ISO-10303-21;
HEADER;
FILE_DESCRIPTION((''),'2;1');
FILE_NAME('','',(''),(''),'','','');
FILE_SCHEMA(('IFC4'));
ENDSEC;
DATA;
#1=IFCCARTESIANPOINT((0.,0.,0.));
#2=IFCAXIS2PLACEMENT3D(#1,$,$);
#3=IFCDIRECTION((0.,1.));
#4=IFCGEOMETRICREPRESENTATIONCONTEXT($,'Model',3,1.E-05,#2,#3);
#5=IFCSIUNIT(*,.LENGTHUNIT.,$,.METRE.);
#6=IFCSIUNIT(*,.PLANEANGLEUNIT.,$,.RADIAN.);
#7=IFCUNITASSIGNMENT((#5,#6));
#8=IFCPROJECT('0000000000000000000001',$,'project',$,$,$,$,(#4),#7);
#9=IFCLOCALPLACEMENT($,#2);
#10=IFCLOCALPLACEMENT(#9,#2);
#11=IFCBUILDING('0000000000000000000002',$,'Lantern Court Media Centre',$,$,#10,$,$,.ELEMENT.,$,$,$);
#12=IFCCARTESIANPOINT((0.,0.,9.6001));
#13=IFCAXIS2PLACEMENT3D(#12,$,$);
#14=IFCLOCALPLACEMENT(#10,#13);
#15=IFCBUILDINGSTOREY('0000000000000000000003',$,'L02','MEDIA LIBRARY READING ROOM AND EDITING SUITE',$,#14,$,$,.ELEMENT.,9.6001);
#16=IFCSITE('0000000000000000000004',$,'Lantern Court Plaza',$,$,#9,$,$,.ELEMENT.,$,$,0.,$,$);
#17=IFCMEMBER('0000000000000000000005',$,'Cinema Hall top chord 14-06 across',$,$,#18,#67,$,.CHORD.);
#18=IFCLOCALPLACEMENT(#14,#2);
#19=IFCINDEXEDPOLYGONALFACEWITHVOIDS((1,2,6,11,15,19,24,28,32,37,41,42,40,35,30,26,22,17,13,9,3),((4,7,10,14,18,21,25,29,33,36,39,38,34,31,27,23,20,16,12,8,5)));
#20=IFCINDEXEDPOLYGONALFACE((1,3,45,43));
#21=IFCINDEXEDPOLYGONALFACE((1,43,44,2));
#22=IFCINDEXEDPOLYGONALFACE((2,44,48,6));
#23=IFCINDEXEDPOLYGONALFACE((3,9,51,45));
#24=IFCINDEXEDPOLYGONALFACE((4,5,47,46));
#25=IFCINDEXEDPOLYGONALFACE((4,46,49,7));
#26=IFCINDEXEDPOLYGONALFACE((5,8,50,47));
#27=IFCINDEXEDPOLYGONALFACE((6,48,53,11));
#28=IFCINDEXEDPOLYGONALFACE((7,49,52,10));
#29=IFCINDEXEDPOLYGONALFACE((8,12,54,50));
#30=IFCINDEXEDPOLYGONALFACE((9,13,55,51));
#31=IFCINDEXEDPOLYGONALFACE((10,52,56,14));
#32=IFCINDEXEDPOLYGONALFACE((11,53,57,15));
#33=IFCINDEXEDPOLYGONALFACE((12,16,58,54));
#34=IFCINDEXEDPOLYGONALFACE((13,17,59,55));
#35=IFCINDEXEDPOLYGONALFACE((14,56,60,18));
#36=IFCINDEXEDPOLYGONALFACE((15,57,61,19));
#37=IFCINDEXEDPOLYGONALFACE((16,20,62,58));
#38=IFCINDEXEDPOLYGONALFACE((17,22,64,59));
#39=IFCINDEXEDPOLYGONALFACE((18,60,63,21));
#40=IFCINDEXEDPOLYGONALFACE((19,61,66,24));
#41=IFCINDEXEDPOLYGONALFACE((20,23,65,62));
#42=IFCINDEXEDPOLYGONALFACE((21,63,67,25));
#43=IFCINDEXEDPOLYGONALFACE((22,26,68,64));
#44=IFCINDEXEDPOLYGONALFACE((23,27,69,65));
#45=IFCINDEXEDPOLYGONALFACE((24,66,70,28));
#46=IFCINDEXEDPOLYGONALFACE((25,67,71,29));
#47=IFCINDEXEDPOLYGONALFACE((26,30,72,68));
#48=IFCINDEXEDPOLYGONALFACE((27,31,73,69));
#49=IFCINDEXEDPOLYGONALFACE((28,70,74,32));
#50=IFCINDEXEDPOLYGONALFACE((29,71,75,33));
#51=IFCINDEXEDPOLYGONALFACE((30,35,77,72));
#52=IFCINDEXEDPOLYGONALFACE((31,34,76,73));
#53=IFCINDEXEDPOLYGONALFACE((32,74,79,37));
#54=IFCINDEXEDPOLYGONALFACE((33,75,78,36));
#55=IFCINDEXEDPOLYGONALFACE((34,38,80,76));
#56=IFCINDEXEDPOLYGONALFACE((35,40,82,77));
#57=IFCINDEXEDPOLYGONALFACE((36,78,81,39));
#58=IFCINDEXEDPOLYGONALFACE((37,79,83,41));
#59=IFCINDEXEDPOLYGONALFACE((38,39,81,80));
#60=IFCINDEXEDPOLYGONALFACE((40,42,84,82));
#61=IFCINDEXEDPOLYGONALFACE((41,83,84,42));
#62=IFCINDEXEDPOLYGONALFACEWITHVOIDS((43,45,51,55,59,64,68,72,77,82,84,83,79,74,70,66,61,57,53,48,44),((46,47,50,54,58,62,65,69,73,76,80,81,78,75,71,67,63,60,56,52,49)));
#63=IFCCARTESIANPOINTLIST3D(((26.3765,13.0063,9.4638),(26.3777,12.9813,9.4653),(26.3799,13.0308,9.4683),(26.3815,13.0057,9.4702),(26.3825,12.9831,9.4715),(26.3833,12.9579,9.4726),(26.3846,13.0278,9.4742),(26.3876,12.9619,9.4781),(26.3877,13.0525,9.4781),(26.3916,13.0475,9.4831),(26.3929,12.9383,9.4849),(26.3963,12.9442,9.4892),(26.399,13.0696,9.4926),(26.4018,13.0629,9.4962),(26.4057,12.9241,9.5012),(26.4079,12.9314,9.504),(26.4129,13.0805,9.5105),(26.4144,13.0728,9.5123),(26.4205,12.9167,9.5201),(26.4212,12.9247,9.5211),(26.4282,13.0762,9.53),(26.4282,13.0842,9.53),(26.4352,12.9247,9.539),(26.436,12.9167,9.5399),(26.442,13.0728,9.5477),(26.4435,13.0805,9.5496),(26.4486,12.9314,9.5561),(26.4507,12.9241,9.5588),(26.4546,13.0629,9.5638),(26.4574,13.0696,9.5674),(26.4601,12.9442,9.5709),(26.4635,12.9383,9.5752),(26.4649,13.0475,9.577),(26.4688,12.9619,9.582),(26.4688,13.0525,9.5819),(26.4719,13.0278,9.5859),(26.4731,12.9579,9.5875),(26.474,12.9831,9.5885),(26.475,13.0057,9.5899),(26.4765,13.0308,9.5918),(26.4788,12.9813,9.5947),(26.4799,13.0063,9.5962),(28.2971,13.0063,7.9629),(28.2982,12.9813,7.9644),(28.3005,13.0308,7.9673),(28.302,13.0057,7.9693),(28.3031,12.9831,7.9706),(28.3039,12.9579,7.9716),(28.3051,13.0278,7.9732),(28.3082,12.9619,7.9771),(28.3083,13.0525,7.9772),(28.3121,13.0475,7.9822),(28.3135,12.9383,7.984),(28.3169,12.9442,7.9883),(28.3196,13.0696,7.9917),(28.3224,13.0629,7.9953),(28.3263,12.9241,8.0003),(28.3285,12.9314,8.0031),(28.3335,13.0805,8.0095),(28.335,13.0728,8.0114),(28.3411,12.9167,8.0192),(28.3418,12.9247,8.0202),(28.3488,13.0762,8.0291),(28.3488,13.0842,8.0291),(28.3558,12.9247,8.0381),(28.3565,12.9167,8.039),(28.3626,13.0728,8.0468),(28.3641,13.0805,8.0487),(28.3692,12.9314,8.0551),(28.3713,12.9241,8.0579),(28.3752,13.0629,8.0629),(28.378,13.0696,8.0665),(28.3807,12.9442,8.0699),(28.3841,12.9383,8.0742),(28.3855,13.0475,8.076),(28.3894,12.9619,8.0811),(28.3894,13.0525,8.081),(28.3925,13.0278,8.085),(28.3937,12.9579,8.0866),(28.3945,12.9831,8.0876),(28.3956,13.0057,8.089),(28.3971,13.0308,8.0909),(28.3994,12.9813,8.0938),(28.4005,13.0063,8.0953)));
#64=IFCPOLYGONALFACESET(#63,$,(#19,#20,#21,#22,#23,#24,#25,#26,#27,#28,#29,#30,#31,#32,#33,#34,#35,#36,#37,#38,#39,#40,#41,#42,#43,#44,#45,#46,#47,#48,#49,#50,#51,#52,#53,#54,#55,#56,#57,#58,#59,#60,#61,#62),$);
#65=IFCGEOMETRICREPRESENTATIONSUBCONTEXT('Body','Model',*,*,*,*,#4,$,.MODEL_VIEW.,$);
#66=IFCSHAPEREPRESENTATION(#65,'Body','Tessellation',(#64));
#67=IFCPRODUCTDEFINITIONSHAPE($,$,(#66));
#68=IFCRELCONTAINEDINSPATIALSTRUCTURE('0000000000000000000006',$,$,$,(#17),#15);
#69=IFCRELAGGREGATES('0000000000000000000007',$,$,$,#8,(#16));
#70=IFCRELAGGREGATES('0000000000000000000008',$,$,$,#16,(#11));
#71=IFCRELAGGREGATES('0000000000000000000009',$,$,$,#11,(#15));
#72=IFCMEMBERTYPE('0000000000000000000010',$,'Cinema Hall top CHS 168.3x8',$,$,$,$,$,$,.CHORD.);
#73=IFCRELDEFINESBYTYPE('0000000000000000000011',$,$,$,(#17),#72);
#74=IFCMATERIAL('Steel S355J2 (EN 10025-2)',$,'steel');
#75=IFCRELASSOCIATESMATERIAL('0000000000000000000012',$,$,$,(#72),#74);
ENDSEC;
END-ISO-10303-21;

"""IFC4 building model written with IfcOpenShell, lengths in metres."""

from ifc_helpers import new_model, si_unit, direction, frame, origin, origin_2d, place, context, subcontext, project, spatial, hollow_circle, extrude, material, material_profile, profile_set, type_object, element, save


model = new_model("IFC4")

# Units and contexts
model_context = context("Model", 3, precision=1e-05, world=origin(), true_north=direction((0.0, 1.0)))
body_context = subcontext(model_context, "Body", "Model", "MODEL_VIEW")
ifc_project = project(units=[si_unit("LENGTHUNIT", "METRE"), si_unit("PLANEANGLEUNIT", "RADIAN")], contexts=[model_context])

# Site, building, storey
site_placement = place(None, origin())
site = spatial("IfcSite", under=ifc_project, at=site_placement, Name="Lantern Court Plaza", CompositionType="ELEMENT", RefElevation=0.0)
building_placement = place(site_placement, origin())
building = spatial("IfcBuilding", under=site, at=building_placement, Name="Lantern Court Media Centre", CompositionType="ELEMENT")
storey_placement = place(building_placement, frame((0.0, 0.0, 9.6001)))
storey = spatial("IfcBuildingStorey", under=building, at=storey_placement, Name="L02", Description="MEDIA LIBRARY READING ROOM AND EDITING SUITE", CompositionType="ELEMENT", Elevation=9.6001)

# Member
ifc_material = material(Name="Steel S355J2 (EN 10025-2)", Category="steel")
ifc_material_profile_1 = material_profile(ifc_material, hollow_circle(Radius=0.0842, WallThickness=0.0081, at=origin_2d()), Name="Cinema Hall top CHS 168.3x8")
ifc_profile_set_1 = profile_set([ifc_material_profile_1], Name="Steel S355J2 (EN 10025-2)")
member_type_1 = type_object("IfcMemberType", Name="Cinema Hall top CHS 168.3x8", PredefinedType="CHORD", material=ifc_profile_set_1)
member_1_placement = place(storey_placement, frame((26.4282, 13.0, 9.53), z_axis=(0.787932, 0.0, -0.615763), x_axis=(0.0, 1.0, 0.0)))
element("IfcMember", 1, at=member_1_placement, inside=storey, type_object=member_type_1, Name="Cinema Hall top chord 14-06 across", PredefinedType="CHORD", context=body_context, shape_type="SweptSolid", body=[
    extrude(hollow_circle(Radius=0.0842, WallThickness=0.0081, at=origin_2d()), origin(), (0.0, 0.0, 1.0), 2.4375),
])

save(model, "model.ifc")
